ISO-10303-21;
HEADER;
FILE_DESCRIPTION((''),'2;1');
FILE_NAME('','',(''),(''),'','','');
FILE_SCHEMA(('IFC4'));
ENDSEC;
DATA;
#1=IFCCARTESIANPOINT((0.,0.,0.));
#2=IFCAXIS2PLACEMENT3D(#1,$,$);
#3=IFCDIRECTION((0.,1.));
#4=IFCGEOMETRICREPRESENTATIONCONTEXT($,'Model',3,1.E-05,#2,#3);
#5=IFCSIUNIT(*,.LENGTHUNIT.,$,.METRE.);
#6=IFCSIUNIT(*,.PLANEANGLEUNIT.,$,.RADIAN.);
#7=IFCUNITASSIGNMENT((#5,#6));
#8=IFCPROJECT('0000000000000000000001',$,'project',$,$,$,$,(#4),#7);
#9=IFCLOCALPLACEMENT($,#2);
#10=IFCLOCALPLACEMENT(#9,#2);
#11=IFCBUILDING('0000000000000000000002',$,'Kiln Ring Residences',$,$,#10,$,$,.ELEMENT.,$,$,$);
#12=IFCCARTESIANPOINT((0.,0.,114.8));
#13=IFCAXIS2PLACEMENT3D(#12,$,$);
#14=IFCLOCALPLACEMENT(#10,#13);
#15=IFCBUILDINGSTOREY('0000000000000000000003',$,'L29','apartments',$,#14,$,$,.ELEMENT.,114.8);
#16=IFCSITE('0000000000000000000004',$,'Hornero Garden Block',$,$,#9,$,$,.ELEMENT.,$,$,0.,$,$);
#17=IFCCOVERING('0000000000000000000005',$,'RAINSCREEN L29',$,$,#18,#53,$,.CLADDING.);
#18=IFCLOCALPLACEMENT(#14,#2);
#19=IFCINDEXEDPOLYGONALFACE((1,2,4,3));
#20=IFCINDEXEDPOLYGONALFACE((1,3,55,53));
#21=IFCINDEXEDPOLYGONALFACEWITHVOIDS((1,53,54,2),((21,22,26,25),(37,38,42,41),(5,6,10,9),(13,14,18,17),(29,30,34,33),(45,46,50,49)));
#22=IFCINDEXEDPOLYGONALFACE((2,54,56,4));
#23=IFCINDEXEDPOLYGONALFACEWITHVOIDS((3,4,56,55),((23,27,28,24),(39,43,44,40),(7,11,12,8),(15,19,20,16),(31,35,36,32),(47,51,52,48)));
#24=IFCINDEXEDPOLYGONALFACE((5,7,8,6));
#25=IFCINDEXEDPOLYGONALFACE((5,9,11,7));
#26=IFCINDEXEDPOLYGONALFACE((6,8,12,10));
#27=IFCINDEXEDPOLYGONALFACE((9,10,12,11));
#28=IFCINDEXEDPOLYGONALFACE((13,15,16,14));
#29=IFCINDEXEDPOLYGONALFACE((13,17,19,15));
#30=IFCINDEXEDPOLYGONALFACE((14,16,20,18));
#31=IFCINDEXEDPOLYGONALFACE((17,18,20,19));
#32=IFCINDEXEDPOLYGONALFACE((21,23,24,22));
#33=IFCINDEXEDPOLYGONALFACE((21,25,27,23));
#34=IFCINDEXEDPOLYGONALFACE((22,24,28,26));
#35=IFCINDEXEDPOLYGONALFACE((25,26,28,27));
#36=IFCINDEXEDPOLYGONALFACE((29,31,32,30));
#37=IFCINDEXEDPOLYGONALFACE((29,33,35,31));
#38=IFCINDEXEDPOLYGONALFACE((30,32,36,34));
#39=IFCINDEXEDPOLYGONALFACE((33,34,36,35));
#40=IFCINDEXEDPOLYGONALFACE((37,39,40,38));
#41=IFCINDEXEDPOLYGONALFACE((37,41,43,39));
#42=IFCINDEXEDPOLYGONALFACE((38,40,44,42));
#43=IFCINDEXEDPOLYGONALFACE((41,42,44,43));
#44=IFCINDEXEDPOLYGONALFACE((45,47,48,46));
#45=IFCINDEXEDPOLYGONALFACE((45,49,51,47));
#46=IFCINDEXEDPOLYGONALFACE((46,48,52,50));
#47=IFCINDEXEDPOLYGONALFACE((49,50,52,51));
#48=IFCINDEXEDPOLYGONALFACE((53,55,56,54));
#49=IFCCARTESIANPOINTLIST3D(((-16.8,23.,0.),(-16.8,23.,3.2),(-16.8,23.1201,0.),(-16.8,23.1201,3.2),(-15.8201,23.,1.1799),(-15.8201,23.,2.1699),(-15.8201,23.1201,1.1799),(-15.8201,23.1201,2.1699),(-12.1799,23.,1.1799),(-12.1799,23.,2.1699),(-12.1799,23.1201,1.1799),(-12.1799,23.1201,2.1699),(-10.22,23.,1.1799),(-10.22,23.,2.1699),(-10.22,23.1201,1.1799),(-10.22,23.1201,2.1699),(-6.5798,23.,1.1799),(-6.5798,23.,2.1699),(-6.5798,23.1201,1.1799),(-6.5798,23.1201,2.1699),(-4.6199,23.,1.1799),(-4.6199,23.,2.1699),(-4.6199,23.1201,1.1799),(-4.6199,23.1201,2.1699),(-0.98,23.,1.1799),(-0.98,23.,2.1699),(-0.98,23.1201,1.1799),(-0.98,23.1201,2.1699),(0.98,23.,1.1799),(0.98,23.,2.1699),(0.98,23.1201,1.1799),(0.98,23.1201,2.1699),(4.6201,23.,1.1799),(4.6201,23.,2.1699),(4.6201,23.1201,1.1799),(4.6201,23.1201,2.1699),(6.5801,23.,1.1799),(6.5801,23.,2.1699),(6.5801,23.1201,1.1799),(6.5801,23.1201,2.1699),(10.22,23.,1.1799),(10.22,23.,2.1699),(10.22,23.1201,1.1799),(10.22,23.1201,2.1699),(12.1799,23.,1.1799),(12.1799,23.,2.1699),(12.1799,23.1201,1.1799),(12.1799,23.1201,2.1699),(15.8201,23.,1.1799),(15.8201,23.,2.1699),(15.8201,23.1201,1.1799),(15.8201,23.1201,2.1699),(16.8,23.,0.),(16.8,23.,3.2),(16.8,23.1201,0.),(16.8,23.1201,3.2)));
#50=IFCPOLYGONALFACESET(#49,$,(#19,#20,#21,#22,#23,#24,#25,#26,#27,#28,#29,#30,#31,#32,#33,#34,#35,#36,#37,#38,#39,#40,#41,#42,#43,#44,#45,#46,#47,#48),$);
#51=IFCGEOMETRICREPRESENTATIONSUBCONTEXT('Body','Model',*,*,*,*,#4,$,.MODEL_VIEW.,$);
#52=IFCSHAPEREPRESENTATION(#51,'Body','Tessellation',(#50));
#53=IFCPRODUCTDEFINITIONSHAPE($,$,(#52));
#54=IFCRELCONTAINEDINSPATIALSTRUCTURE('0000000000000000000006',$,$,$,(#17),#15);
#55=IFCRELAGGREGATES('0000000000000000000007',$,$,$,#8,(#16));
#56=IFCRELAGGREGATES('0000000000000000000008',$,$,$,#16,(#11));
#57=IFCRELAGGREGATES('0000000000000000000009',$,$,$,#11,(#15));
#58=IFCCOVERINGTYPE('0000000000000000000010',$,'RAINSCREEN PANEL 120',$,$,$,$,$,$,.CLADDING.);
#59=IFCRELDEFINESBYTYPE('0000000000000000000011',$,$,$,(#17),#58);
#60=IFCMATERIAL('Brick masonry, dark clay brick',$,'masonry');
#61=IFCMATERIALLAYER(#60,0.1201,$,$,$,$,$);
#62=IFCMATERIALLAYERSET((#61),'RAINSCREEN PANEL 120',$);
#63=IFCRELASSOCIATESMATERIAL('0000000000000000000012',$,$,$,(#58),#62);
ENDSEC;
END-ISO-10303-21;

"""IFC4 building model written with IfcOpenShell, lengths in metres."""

from ifc_helpers import new_model, si_unit, direction, frame, origin, place, context, subcontext, project, spatial, polyline, outline, extrude, material, layer, layer_set, type_object, element, save


model = new_model("IFC4")

# Units and contexts
model_context = context("Model", 3, precision=1e-05, world=origin(), true_north=direction((0.0, 1.0)))
body_context = subcontext(model_context, "Body", "Model", "MODEL_VIEW")
ifc_project = project(units=[si_unit("LENGTHUNIT", "METRE"), si_unit("PLANEANGLEUNIT", "RADIAN")], contexts=[model_context])

# Site, building, storey
site_placement = place(None, origin())
site = spatial("IfcSite", under=ifc_project, at=site_placement, Name="Hornero Garden Block", CompositionType="ELEMENT", RefElevation=0.0)
building_placement = place(site_placement, origin())
building = spatial("IfcBuilding", under=site, at=building_placement, Name="Kiln Ring Residences", CompositionType="ELEMENT")
storey_placement = place(building_placement, frame((0.0, 0.0, 114.8)))
storey = spatial("IfcBuildingStorey", under=building, at=storey_placement, Name="L29", Description="apartments", CompositionType="ELEMENT", Elevation=114.8)

# Covering
ifc_material_1 = material(Name="Brick masonry, dark clay brick", Category="masonry")
ifc_layer_1 = layer(ifc_material_1, 0.1201)
ifc_layer_set_1 = layer_set([ifc_layer_1], Name="RAINSCREEN PANEL 120")
covering_type = type_object("IfcCoveringType", Name="RAINSCREEN PANEL 120", PredefinedType="CLADDING", material=ifc_layer_set_1)
covering_placement = place(storey_placement, frame((16.8, 23.0601, 0.0), z_axis=(0.0, 0.0, 1.0), x_axis=(-1.0, 0.0, 0.0)))
element("IfcCovering", 1, at=covering_placement, inside=storey, type_object=covering_type, Name="RAINSCREEN L29", PredefinedType="CLADDING", context=body_context, shape_type="SweptSolid", body=[
    extrude(outline(polyline([(0.0, 0.0), (33.6001, 0.0), (33.6001, 3.2), (0.0, 3.2), (0.0, 0.0)]), holes=[polyline([(4.6201, 1.1799), (4.6201, 2.1699), (0.98, 2.1699), (0.98, 1.1799), (4.6201, 1.1799)]), polyline([(6.5801, 1.1799), (10.22, 1.1799), (10.22, 2.1699), (6.5801, 2.1699), (6.5801, 1.1799)]), polyline([(12.1799, 1.1799), (15.8201, 1.1799), (15.8201, 2.1699), (12.1799, 2.1699), (12.1799, 1.1799)]), polyline([(21.4199, 1.1799), (21.4199, 2.1699), (17.78, 2.1699), (17.78, 1.1799), (21.4199, 1.1799)]), polyline([(23.3799, 1.1799), (27.02, 1.1799), (27.02, 2.1699), (23.3799, 2.1699), (23.3799, 1.1799)]), polyline([(28.98, 1.1799), (32.6201, 1.1799), (32.6201, 2.1699), (28.98, 2.1699), (28.98, 1.1799)])]), frame((0.0, 0.0601, 0.0), z_axis=(0.0, -1.0, 0.0), x_axis=(1.0, 0.0, 0.0)), (0.0, 0.0, 1.0), 0.1201),
])

save(model, "model.ifc")
